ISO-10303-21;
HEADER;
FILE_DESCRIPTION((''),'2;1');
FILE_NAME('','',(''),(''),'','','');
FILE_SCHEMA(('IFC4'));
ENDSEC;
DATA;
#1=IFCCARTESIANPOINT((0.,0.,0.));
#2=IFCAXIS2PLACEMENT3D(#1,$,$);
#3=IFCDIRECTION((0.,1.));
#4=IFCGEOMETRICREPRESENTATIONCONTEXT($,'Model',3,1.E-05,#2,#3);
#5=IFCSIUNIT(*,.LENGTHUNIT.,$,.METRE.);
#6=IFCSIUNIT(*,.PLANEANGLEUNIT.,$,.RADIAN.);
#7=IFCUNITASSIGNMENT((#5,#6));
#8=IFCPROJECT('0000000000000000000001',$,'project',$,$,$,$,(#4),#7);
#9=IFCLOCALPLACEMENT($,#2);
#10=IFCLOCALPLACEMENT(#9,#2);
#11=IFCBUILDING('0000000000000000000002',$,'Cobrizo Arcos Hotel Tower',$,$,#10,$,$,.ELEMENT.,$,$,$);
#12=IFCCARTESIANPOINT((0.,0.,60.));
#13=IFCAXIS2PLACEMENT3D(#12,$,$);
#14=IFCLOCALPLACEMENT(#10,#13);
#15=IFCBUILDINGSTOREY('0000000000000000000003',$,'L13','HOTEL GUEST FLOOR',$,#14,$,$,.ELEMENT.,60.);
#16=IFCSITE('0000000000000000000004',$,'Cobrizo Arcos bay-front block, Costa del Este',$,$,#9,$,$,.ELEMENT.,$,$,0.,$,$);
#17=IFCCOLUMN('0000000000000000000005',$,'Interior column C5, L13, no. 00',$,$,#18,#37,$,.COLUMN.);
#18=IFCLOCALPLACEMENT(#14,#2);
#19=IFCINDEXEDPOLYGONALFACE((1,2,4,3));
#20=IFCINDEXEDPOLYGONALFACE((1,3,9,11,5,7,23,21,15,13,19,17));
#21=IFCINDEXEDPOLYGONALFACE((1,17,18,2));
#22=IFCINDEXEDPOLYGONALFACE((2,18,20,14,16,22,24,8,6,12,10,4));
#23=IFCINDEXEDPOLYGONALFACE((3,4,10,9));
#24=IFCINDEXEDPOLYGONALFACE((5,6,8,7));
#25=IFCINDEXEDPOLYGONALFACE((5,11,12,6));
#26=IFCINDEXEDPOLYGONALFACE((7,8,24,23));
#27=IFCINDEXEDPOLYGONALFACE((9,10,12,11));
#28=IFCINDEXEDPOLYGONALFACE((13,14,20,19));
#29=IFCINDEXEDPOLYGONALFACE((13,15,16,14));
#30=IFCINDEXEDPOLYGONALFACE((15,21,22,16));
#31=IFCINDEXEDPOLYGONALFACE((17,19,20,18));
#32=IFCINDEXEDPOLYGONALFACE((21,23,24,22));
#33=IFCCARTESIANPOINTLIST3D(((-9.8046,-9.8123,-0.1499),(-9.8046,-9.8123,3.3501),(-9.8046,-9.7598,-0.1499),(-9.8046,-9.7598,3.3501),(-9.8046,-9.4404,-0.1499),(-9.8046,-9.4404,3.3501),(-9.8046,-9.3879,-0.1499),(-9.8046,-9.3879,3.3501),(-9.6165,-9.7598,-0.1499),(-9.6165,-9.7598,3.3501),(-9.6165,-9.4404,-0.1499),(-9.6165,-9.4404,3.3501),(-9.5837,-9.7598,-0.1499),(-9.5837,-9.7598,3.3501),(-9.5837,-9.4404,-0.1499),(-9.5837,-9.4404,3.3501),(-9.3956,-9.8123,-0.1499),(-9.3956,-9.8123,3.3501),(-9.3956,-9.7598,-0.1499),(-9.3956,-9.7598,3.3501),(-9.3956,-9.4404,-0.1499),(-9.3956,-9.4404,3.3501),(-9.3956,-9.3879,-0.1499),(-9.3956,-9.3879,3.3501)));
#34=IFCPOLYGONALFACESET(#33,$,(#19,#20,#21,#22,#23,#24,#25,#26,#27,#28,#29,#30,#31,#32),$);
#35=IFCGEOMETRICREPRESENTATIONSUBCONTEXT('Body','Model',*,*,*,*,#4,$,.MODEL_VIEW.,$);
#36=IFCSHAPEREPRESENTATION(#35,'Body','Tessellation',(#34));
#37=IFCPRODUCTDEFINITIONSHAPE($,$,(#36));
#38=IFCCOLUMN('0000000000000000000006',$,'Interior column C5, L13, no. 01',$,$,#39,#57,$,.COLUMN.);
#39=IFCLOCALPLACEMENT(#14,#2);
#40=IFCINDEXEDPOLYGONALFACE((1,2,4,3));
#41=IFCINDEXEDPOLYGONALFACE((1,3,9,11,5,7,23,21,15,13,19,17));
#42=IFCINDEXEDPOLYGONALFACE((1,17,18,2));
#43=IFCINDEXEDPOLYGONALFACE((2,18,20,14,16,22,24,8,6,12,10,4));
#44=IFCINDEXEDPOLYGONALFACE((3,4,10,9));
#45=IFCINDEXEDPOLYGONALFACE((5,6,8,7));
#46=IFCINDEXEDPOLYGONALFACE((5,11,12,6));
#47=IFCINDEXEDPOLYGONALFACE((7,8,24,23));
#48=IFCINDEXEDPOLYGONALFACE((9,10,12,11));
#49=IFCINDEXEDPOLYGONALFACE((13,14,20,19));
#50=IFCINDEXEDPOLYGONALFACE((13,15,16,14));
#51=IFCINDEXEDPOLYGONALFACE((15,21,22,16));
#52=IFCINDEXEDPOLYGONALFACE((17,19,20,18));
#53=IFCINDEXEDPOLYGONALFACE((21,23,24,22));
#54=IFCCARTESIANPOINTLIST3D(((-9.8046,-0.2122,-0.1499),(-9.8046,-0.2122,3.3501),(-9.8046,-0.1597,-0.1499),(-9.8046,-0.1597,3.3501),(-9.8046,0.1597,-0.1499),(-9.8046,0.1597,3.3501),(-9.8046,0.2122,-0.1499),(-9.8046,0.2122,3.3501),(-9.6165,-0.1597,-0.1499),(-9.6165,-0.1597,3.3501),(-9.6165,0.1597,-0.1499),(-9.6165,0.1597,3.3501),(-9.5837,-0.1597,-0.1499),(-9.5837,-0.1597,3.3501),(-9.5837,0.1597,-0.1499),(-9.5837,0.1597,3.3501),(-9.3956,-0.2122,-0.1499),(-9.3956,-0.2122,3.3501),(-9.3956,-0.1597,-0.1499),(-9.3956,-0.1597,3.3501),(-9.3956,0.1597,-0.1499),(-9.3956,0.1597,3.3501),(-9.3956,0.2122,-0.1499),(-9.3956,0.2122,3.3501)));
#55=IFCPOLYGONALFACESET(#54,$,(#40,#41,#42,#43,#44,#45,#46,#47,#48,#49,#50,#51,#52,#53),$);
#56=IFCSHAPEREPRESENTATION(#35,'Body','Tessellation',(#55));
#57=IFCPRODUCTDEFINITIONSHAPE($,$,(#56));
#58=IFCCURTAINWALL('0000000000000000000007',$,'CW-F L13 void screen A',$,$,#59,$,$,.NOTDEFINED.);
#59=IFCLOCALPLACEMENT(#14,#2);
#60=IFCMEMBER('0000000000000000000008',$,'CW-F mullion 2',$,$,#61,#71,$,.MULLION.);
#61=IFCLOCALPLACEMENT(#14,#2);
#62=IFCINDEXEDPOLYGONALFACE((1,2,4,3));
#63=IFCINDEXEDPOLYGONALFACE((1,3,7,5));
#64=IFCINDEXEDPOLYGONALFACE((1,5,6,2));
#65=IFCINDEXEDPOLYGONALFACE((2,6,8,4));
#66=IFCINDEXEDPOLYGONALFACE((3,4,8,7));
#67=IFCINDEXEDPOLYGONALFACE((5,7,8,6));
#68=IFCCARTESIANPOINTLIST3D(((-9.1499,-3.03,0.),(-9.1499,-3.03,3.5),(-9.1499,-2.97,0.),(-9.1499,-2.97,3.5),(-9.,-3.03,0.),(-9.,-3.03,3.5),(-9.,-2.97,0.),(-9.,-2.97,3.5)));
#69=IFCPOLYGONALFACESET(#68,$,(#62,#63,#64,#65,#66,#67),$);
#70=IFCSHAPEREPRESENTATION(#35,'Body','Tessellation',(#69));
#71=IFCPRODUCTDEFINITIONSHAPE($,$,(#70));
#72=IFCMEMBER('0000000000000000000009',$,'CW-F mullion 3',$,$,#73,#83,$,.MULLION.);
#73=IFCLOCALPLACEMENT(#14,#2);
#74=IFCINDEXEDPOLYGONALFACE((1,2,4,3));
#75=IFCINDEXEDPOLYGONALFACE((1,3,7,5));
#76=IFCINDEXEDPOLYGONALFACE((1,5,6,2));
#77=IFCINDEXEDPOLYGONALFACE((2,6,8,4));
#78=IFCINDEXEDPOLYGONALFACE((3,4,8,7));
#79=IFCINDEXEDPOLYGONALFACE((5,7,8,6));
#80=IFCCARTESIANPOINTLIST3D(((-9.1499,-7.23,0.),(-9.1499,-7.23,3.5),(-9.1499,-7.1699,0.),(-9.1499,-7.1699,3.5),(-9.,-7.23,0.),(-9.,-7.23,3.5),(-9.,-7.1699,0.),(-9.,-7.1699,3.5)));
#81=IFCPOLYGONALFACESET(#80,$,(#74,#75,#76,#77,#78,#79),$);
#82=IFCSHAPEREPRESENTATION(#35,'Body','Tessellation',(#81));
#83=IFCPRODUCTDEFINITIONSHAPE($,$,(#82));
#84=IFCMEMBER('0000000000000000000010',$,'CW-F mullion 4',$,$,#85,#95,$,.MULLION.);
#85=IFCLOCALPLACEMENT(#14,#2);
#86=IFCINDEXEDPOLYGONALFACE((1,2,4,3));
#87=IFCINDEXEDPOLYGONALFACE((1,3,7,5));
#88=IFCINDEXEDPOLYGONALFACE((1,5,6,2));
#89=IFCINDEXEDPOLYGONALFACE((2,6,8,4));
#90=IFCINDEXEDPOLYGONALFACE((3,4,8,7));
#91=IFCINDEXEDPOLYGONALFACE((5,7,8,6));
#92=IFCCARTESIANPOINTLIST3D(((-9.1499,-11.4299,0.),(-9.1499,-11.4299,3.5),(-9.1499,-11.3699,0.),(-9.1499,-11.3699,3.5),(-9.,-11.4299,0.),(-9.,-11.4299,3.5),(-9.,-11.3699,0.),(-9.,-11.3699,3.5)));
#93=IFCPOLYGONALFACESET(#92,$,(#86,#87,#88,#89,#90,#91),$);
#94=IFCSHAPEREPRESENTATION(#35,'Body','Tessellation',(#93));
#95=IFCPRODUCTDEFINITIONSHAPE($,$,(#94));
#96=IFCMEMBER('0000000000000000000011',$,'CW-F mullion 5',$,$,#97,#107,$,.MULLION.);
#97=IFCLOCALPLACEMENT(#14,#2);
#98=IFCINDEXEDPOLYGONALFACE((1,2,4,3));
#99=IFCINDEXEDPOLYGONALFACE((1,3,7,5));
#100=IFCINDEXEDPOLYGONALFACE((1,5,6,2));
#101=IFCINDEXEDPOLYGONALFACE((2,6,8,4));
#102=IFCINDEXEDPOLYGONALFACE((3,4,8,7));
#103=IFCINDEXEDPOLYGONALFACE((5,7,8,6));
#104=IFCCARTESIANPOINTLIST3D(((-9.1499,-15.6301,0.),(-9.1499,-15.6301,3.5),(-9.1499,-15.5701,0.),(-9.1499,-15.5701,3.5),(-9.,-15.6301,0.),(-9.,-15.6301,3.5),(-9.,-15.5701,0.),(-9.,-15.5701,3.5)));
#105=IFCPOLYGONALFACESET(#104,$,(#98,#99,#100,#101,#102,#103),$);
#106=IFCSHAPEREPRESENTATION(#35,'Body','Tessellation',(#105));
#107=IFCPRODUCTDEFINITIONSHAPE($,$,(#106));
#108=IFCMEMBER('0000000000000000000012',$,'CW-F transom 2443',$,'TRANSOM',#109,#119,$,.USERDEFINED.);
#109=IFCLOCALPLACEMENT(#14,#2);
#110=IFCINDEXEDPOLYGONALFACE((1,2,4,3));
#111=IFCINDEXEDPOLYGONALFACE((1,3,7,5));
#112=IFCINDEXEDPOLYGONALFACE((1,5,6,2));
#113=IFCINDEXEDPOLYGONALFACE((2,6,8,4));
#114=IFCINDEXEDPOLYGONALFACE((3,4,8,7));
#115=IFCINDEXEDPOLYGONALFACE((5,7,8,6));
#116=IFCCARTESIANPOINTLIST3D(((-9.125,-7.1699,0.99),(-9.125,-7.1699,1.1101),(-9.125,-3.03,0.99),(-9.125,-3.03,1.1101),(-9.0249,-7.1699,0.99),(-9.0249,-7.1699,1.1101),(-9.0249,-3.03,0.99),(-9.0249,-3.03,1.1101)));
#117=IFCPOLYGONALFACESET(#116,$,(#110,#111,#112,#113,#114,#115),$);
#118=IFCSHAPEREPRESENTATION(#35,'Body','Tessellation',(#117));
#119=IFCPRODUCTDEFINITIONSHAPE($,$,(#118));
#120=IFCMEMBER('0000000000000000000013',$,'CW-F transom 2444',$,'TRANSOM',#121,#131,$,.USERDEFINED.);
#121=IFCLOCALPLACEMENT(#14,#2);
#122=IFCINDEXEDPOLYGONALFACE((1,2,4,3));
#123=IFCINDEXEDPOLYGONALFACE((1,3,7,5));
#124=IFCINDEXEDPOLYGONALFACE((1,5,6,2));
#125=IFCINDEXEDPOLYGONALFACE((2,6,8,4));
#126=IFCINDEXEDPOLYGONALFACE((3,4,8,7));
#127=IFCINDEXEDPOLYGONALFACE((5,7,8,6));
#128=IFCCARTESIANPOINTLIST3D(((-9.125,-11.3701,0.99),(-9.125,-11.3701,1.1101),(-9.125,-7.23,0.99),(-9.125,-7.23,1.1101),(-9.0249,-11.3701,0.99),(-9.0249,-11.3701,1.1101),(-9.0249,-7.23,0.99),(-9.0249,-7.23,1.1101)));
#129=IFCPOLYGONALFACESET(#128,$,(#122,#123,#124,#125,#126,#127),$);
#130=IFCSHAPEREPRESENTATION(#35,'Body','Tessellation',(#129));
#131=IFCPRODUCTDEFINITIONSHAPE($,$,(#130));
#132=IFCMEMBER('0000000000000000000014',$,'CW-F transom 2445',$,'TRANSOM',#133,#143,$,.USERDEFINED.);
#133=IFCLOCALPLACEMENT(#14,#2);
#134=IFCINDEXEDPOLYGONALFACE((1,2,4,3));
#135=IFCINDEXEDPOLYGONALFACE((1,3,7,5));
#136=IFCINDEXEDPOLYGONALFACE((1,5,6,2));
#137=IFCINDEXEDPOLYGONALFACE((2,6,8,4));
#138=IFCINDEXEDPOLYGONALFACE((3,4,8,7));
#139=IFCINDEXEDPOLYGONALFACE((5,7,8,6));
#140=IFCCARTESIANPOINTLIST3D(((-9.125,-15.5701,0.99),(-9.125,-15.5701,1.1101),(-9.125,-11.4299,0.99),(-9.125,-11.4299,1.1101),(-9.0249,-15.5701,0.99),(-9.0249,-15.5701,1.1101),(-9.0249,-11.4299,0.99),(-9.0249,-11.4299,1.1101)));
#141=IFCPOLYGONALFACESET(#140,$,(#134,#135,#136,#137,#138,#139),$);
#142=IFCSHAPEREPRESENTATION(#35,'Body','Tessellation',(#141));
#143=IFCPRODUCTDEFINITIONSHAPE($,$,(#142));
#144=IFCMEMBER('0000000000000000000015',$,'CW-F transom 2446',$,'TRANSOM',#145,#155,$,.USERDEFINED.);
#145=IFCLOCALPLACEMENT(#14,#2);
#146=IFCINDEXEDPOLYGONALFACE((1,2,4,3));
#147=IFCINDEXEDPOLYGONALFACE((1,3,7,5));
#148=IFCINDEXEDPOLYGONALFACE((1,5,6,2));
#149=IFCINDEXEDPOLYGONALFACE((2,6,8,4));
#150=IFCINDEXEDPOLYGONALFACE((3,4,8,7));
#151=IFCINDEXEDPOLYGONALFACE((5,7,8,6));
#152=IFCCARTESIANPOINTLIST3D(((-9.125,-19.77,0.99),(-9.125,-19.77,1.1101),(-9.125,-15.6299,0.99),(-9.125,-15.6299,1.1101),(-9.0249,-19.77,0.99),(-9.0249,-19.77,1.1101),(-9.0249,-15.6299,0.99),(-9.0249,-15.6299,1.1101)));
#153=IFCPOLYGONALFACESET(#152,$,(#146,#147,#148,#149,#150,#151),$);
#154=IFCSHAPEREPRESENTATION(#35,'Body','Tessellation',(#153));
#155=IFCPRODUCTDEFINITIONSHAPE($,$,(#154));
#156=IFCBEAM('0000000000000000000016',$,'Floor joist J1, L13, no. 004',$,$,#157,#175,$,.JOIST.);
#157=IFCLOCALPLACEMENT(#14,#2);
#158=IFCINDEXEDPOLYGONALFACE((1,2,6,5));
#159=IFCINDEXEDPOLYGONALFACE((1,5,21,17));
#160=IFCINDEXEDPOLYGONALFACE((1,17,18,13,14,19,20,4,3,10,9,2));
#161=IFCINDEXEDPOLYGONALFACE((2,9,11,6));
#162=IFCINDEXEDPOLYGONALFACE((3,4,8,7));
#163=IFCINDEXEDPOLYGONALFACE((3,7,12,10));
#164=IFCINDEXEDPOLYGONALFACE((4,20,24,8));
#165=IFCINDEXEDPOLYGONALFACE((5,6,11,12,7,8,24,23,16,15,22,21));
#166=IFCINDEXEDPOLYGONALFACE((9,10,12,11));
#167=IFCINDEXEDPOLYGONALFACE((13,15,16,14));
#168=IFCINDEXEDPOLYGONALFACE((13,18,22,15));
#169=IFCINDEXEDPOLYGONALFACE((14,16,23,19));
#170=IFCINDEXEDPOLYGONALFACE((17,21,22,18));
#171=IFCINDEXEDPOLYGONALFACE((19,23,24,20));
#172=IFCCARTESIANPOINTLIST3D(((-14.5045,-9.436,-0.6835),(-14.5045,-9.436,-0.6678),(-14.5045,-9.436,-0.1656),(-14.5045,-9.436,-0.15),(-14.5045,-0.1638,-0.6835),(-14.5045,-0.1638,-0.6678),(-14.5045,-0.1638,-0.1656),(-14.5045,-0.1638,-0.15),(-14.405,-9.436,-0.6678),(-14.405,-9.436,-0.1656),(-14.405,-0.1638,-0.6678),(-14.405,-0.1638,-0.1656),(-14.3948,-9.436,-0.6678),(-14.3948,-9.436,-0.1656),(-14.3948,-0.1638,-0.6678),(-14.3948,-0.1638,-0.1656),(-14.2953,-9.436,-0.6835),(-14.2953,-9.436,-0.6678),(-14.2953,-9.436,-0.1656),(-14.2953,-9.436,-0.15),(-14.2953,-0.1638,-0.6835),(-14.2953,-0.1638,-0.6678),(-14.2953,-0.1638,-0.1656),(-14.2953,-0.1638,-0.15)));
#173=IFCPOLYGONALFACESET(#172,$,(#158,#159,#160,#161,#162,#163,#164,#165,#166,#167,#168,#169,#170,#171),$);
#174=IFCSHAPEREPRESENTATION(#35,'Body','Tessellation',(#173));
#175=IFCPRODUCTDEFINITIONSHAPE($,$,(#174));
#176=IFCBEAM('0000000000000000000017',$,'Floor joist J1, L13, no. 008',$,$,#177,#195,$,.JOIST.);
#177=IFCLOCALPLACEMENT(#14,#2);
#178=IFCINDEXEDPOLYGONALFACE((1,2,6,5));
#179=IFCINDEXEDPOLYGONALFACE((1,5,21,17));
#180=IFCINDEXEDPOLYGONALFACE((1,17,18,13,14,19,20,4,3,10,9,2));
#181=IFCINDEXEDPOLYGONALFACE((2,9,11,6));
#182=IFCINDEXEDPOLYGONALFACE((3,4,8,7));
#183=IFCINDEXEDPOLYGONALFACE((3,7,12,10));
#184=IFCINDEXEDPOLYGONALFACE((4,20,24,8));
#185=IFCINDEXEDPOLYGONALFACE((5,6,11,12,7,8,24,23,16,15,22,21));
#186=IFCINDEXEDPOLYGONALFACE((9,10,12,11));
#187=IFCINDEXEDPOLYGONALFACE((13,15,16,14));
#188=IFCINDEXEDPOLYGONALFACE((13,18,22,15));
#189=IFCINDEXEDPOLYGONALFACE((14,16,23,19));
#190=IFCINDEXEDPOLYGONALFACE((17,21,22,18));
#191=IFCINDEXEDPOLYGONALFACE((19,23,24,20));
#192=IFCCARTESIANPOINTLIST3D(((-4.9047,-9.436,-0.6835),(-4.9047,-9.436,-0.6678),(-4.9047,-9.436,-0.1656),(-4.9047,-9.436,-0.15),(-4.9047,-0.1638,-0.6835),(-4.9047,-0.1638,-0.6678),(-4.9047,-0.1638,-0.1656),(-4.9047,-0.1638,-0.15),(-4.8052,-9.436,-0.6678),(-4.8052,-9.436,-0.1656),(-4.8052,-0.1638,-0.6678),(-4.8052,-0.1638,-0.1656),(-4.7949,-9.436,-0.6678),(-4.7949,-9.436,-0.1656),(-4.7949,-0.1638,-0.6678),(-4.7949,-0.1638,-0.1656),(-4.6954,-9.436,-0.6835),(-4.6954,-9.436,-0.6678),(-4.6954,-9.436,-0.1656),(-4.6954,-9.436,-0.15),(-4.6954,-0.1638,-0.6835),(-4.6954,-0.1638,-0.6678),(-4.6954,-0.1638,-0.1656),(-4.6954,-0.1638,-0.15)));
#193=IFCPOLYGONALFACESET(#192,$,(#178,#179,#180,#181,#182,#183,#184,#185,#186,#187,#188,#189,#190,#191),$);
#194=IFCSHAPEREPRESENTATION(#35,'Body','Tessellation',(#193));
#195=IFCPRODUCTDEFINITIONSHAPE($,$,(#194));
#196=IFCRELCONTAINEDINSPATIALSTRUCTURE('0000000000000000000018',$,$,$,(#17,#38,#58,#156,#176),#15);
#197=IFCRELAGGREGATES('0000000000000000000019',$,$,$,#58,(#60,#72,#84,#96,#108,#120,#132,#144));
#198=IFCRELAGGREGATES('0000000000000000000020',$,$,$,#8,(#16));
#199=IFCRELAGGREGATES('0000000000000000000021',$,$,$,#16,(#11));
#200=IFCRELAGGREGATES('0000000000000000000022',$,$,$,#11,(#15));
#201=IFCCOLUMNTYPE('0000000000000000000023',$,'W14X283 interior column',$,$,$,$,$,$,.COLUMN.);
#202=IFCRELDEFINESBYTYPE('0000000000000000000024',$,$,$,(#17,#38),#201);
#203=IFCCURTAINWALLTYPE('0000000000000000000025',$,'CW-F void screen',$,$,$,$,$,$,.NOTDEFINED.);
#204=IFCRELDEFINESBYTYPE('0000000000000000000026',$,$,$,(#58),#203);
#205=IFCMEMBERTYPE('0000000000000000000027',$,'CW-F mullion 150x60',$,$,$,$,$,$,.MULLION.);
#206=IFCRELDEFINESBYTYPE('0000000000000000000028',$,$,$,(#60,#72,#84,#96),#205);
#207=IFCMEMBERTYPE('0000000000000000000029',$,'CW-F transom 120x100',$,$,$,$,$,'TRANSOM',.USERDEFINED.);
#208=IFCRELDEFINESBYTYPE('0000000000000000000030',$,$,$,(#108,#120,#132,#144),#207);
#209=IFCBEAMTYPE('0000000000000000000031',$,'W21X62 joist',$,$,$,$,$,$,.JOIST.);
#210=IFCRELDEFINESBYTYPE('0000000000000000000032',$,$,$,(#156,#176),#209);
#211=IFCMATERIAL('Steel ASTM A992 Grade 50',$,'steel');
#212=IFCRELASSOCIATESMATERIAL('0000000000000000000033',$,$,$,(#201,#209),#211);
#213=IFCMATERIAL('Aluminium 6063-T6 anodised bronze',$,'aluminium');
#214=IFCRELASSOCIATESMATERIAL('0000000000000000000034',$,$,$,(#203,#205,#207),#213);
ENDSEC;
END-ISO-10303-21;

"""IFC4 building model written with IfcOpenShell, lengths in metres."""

from ifc_helpers import new_model, si_unit, direction, frame, origin, origin_2d, place, context, subcontext, project, spatial, rectangle, i_section, extrude, material, material_profile, profile_set, type_object, element, aggregate, save


model = new_model("IFC4")

# Units and contexts
model_context = context("Model", 3, precision=1e-05, world=origin(), true_north=direction((0.0, 1.0)))
body_context = subcontext(model_context, "Body", "Model", "MODEL_VIEW")
ifc_project = project(units=[si_unit("LENGTHUNIT", "METRE"), si_unit("PLANEANGLEUNIT", "RADIAN")], contexts=[model_context])

# Site, building, storey
site_placement = place(None, origin())
site = spatial("IfcSite", under=ifc_project, at=site_placement, Name="Cobrizo Arcos bay-front block, Costa del Este", CompositionType="ELEMENT", RefElevation=0.0)
building_placement = place(site_placement, origin())
building = spatial("IfcBuilding", under=site, at=building_placement, Name="Cobrizo Arcos Hotel Tower", CompositionType="ELEMENT")
storey_placement = place(building_placement, frame((0.0, 0.0, 60.0)))
storey = spatial("IfcBuildingStorey", under=building, at=storey_placement, Name="L13", Description="HOTEL GUEST FLOOR", CompositionType="ELEMENT", Elevation=60.0)

# Columns
ifc_material_1 = material(Name="Steel ASTM A992 Grade 50", Category="steel")
ifc_material_profile_1 = material_profile(ifc_material_1, i_section(OverallWidth=0.4089, OverallDepth=0.4243, WebThickness=0.0327, FlangeThickness=0.0525, at=origin_2d()), Name="W14X283")
ifc_profile_set_1 = profile_set([ifc_material_profile_1], Name="Steel ASTM A992 Grade 50")
column_type = type_object("IfcColumnType", Name="W14X283 interior column", PredefinedType="COLUMN", material=ifc_profile_set_1)
for number, where, z_axis, x_axis, name in (
    (1, (-9.6001, -9.6001, -0.1499), (0.0, 0.0, 1.0), (1.0, 0.0, 0.0), "Interior column C5, L13, no. 00"),
    (2, (-9.6001, 0.0, -0.1499), (0.0, 0.0, 1.0), (1.0, 0.0, 0.0), "Interior column C5, L13, no. 01"),
):
    element("IfcColumn", number, at=place(storey_placement, frame(where, z_axis=z_axis, x_axis=x_axis)), inside=storey, type_object=column_type, Name=name, PredefinedType="COLUMN", context=body_context, shape_type="SweptSolid", body=[
        extrude(i_section(OverallWidth=0.4089, OverallDepth=0.4243, WebThickness=0.0327, FlangeThickness=0.0525, at=origin_2d()), origin(), (0.0, 0.0, 1.0), 3.5),
    ])

# Curtain wall, members
ifc_material_2 = material(Name="Aluminium 6063-T6 anodised bronze", Category="aluminium")
curtain_wall_type = type_object("IfcCurtainWallType", Name="CW-F void screen", PredefinedType="NOTDEFINED", material=ifc_material_2)
curtain_wall_placement = place(storey_placement, origin())
curtain_wall = element("IfcCurtainWall", 3, at=curtain_wall_placement, inside=storey, type_object=curtain_wall_type, Name="CW-F L13 void screen A", PredefinedType="NOTDEFINED")
ifc_material_profile_2 = material_profile(ifc_material_2, rectangle(XDim=0.1499, YDim=0.0601, at=origin_2d()), Name="CW-F mullion 150x60")
ifc_profile_set_2 = profile_set([ifc_material_profile_2], Name="Aluminium 6063-T6 anodised bronze")
member_type_1 = type_object("IfcMemberType", Name="CW-F mullion 150x60", PredefinedType="MULLION", material=ifc_profile_set_2)
member_1_placement = place(storey_placement, frame((-9.075, -3.0, 0.0), z_axis=(0.0, 0.0, 1.0), x_axis=(-1.0, 0.0, 0.0)))
member_1 = element("IfcMember", 4, at=member_1_placement, type_object=member_type_1, Name="CW-F mullion 2", PredefinedType="MULLION", context=body_context, shape_type="SweptSolid", body=[
    extrude(rectangle(XDim=0.1499, YDim=0.0601, at=origin_2d()), origin(), (0.0, 0.0, 1.0), 3.5),
])
member_2_placement = place(storey_placement, frame((-9.075, -7.2, 0.0), z_axis=(0.0, 0.0, 1.0), x_axis=(-1.0, 0.0, 0.0)))
member_2 = element("IfcMember", 5, at=member_2_placement, type_object=member_type_1, Name="CW-F mullion 3", PredefinedType="MULLION", context=body_context, shape_type="SweptSolid", body=[
    extrude(rectangle(XDim=0.1499, YDim=0.0601, at=origin_2d()), origin(), (0.0, 0.0, 1.0), 3.5),
])
member_3_placement = place(storey_placement, frame((-9.075, -11.3999, 0.0), z_axis=(0.0, 0.0, 1.0), x_axis=(-1.0, 0.0, 0.0)))
member_3 = element("IfcMember", 6, at=member_3_placement, type_object=member_type_1, Name="CW-F mullion 4", PredefinedType="MULLION", context=body_context, shape_type="SweptSolid", body=[
    extrude(rectangle(XDim=0.1499, YDim=0.0601, at=origin_2d()), origin(), (0.0, 0.0, 1.0), 3.5),
])
member_4_placement = place(storey_placement, frame((-9.075, -15.6001, 0.0), z_axis=(0.0, 0.0, 1.0), x_axis=(-1.0, 0.0, 0.0)))
member_4 = element("IfcMember", 7, at=member_4_placement, type_object=member_type_1, Name="CW-F mullion 5", PredefinedType="MULLION", context=body_context, shape_type="SweptSolid", body=[
    extrude(rectangle(XDim=0.1499, YDim=0.0601, at=origin_2d()), origin(), (0.0, 0.0, 1.0), 3.5),
])
ifc_material_profile_3 = material_profile(ifc_material_2, rectangle(XDim=0.1001, YDim=0.1201, at=origin_2d()), Name="CW-F transom 120x100")
ifc_profile_set_3 = profile_set([ifc_material_profile_3], Name="Aluminium 6063-T6 anodised bronze")
member_type_2 = type_object("IfcMemberType", Name="CW-F transom 120x100", ElementType="TRANSOM", PredefinedType="USERDEFINED", material=ifc_profile_set_3)
member_5_placement = place(storey_placement, frame((-9.075, -3.03, 1.05), z_axis=(0.0, -1.0, 0.0), x_axis=(1.0, 0.0, 0.0)))
member_5 = element("IfcMember", 8, at=member_5_placement, type_object=member_type_2, Name="CW-F transom 2443", ObjectType="TRANSOM", PredefinedType="USERDEFINED", context=body_context, shape_type="SweptSolid", body=[
    extrude(rectangle(XDim=0.1001, YDim=0.1201, at=origin_2d()), origin(), (0.0, 0.0, 1.0), 4.1399),
])
member_6_placement = place(storey_placement, frame((-9.075, -7.23, 1.05), z_axis=(0.0, -1.0, 0.0), x_axis=(1.0, 0.0, 0.0)))
member_6 = element("IfcMember", 9, at=member_6_placement, type_object=member_type_2, Name="CW-F transom 2444", ObjectType="TRANSOM", PredefinedType="USERDEFINED", context=body_context, shape_type="SweptSolid", body=[
    extrude(rectangle(XDim=0.1001, YDim=0.1201, at=origin_2d()), origin(), (0.0, 0.0, 1.0), 4.1401),
])
member_7_placement = place(storey_placement, frame((-9.075, -11.4299, 1.05), z_axis=(0.0, -1.0, 0.0), x_axis=(1.0, 0.0, 0.0)))
member_7 = element("IfcMember", 10, at=member_7_placement, type_object=member_type_2, Name="CW-F transom 2445", ObjectType="TRANSOM", PredefinedType="USERDEFINED", context=body_context, shape_type="SweptSolid", body=[
    extrude(rectangle(XDim=0.1001, YDim=0.1201, at=origin_2d()), origin(), (0.0, 0.0, 1.0), 4.1401),
])
member_8_placement = place(storey_placement, frame((-9.075, -15.6299, 1.05), z_axis=(0.0, -1.0, 0.0), x_axis=(1.0, 0.0, 0.0)))
member_8 = element("IfcMember", 11, at=member_8_placement, type_object=member_type_2, Name="CW-F transom 2446", ObjectType="TRANSOM", PredefinedType="USERDEFINED", context=body_context, shape_type="SweptSolid", body=[
    extrude(rectangle(XDim=0.1001, YDim=0.1201, at=origin_2d()), origin(), (0.0, 0.0, 1.0), 4.1401),
])

# Beams
ifc_material_profile_4 = material_profile(ifc_material_1, i_section(OverallWidth=0.2092, OverallDepth=0.5334, WebThickness=0.0103, FlangeThickness=0.0156, at=origin_2d()), Name="W21X62")
ifc_profile_set_4 = profile_set([ifc_material_profile_4], Name="Steel ASTM A992 Grade 50")
beam_type_1 = type_object("IfcBeamType", Name="W21X62 joist", PredefinedType="JOIST", material=ifc_profile_set_4)
for number, where, z_axis, x_axis, name in (
    (12, (-14.3999, -9.436, -0.4167), (0.0, 1.0, 0.0), (-1.0, 0.0, 0.0), "Floor joist J1, L13, no. 004"),
    (13, (-4.8, -9.436, -0.4167), (0.0, 1.0, 0.0), (-1.0, 0.0, 0.0), "Floor joist J1, L13, no. 008"),
):
    element("IfcBeam", number, at=place(storey_placement, frame(where, z_axis=z_axis, x_axis=x_axis)), inside=storey, type_object=beam_type_1, Name=name, PredefinedType="JOIST", context=body_context, shape_type="SweptSolid", body=[
        extrude(i_section(OverallWidth=0.2092, OverallDepth=0.5334, WebThickness=0.0103, FlangeThickness=0.0156, at=origin_2d()), origin(), (0.0, 0.0, 1.0), 9.2722),
    ])

aggregate(curtain_wall, [member_1, member_2, member_3, member_4, member_5, member_6, member_7, member_8])

save(model, "model.ifc")
